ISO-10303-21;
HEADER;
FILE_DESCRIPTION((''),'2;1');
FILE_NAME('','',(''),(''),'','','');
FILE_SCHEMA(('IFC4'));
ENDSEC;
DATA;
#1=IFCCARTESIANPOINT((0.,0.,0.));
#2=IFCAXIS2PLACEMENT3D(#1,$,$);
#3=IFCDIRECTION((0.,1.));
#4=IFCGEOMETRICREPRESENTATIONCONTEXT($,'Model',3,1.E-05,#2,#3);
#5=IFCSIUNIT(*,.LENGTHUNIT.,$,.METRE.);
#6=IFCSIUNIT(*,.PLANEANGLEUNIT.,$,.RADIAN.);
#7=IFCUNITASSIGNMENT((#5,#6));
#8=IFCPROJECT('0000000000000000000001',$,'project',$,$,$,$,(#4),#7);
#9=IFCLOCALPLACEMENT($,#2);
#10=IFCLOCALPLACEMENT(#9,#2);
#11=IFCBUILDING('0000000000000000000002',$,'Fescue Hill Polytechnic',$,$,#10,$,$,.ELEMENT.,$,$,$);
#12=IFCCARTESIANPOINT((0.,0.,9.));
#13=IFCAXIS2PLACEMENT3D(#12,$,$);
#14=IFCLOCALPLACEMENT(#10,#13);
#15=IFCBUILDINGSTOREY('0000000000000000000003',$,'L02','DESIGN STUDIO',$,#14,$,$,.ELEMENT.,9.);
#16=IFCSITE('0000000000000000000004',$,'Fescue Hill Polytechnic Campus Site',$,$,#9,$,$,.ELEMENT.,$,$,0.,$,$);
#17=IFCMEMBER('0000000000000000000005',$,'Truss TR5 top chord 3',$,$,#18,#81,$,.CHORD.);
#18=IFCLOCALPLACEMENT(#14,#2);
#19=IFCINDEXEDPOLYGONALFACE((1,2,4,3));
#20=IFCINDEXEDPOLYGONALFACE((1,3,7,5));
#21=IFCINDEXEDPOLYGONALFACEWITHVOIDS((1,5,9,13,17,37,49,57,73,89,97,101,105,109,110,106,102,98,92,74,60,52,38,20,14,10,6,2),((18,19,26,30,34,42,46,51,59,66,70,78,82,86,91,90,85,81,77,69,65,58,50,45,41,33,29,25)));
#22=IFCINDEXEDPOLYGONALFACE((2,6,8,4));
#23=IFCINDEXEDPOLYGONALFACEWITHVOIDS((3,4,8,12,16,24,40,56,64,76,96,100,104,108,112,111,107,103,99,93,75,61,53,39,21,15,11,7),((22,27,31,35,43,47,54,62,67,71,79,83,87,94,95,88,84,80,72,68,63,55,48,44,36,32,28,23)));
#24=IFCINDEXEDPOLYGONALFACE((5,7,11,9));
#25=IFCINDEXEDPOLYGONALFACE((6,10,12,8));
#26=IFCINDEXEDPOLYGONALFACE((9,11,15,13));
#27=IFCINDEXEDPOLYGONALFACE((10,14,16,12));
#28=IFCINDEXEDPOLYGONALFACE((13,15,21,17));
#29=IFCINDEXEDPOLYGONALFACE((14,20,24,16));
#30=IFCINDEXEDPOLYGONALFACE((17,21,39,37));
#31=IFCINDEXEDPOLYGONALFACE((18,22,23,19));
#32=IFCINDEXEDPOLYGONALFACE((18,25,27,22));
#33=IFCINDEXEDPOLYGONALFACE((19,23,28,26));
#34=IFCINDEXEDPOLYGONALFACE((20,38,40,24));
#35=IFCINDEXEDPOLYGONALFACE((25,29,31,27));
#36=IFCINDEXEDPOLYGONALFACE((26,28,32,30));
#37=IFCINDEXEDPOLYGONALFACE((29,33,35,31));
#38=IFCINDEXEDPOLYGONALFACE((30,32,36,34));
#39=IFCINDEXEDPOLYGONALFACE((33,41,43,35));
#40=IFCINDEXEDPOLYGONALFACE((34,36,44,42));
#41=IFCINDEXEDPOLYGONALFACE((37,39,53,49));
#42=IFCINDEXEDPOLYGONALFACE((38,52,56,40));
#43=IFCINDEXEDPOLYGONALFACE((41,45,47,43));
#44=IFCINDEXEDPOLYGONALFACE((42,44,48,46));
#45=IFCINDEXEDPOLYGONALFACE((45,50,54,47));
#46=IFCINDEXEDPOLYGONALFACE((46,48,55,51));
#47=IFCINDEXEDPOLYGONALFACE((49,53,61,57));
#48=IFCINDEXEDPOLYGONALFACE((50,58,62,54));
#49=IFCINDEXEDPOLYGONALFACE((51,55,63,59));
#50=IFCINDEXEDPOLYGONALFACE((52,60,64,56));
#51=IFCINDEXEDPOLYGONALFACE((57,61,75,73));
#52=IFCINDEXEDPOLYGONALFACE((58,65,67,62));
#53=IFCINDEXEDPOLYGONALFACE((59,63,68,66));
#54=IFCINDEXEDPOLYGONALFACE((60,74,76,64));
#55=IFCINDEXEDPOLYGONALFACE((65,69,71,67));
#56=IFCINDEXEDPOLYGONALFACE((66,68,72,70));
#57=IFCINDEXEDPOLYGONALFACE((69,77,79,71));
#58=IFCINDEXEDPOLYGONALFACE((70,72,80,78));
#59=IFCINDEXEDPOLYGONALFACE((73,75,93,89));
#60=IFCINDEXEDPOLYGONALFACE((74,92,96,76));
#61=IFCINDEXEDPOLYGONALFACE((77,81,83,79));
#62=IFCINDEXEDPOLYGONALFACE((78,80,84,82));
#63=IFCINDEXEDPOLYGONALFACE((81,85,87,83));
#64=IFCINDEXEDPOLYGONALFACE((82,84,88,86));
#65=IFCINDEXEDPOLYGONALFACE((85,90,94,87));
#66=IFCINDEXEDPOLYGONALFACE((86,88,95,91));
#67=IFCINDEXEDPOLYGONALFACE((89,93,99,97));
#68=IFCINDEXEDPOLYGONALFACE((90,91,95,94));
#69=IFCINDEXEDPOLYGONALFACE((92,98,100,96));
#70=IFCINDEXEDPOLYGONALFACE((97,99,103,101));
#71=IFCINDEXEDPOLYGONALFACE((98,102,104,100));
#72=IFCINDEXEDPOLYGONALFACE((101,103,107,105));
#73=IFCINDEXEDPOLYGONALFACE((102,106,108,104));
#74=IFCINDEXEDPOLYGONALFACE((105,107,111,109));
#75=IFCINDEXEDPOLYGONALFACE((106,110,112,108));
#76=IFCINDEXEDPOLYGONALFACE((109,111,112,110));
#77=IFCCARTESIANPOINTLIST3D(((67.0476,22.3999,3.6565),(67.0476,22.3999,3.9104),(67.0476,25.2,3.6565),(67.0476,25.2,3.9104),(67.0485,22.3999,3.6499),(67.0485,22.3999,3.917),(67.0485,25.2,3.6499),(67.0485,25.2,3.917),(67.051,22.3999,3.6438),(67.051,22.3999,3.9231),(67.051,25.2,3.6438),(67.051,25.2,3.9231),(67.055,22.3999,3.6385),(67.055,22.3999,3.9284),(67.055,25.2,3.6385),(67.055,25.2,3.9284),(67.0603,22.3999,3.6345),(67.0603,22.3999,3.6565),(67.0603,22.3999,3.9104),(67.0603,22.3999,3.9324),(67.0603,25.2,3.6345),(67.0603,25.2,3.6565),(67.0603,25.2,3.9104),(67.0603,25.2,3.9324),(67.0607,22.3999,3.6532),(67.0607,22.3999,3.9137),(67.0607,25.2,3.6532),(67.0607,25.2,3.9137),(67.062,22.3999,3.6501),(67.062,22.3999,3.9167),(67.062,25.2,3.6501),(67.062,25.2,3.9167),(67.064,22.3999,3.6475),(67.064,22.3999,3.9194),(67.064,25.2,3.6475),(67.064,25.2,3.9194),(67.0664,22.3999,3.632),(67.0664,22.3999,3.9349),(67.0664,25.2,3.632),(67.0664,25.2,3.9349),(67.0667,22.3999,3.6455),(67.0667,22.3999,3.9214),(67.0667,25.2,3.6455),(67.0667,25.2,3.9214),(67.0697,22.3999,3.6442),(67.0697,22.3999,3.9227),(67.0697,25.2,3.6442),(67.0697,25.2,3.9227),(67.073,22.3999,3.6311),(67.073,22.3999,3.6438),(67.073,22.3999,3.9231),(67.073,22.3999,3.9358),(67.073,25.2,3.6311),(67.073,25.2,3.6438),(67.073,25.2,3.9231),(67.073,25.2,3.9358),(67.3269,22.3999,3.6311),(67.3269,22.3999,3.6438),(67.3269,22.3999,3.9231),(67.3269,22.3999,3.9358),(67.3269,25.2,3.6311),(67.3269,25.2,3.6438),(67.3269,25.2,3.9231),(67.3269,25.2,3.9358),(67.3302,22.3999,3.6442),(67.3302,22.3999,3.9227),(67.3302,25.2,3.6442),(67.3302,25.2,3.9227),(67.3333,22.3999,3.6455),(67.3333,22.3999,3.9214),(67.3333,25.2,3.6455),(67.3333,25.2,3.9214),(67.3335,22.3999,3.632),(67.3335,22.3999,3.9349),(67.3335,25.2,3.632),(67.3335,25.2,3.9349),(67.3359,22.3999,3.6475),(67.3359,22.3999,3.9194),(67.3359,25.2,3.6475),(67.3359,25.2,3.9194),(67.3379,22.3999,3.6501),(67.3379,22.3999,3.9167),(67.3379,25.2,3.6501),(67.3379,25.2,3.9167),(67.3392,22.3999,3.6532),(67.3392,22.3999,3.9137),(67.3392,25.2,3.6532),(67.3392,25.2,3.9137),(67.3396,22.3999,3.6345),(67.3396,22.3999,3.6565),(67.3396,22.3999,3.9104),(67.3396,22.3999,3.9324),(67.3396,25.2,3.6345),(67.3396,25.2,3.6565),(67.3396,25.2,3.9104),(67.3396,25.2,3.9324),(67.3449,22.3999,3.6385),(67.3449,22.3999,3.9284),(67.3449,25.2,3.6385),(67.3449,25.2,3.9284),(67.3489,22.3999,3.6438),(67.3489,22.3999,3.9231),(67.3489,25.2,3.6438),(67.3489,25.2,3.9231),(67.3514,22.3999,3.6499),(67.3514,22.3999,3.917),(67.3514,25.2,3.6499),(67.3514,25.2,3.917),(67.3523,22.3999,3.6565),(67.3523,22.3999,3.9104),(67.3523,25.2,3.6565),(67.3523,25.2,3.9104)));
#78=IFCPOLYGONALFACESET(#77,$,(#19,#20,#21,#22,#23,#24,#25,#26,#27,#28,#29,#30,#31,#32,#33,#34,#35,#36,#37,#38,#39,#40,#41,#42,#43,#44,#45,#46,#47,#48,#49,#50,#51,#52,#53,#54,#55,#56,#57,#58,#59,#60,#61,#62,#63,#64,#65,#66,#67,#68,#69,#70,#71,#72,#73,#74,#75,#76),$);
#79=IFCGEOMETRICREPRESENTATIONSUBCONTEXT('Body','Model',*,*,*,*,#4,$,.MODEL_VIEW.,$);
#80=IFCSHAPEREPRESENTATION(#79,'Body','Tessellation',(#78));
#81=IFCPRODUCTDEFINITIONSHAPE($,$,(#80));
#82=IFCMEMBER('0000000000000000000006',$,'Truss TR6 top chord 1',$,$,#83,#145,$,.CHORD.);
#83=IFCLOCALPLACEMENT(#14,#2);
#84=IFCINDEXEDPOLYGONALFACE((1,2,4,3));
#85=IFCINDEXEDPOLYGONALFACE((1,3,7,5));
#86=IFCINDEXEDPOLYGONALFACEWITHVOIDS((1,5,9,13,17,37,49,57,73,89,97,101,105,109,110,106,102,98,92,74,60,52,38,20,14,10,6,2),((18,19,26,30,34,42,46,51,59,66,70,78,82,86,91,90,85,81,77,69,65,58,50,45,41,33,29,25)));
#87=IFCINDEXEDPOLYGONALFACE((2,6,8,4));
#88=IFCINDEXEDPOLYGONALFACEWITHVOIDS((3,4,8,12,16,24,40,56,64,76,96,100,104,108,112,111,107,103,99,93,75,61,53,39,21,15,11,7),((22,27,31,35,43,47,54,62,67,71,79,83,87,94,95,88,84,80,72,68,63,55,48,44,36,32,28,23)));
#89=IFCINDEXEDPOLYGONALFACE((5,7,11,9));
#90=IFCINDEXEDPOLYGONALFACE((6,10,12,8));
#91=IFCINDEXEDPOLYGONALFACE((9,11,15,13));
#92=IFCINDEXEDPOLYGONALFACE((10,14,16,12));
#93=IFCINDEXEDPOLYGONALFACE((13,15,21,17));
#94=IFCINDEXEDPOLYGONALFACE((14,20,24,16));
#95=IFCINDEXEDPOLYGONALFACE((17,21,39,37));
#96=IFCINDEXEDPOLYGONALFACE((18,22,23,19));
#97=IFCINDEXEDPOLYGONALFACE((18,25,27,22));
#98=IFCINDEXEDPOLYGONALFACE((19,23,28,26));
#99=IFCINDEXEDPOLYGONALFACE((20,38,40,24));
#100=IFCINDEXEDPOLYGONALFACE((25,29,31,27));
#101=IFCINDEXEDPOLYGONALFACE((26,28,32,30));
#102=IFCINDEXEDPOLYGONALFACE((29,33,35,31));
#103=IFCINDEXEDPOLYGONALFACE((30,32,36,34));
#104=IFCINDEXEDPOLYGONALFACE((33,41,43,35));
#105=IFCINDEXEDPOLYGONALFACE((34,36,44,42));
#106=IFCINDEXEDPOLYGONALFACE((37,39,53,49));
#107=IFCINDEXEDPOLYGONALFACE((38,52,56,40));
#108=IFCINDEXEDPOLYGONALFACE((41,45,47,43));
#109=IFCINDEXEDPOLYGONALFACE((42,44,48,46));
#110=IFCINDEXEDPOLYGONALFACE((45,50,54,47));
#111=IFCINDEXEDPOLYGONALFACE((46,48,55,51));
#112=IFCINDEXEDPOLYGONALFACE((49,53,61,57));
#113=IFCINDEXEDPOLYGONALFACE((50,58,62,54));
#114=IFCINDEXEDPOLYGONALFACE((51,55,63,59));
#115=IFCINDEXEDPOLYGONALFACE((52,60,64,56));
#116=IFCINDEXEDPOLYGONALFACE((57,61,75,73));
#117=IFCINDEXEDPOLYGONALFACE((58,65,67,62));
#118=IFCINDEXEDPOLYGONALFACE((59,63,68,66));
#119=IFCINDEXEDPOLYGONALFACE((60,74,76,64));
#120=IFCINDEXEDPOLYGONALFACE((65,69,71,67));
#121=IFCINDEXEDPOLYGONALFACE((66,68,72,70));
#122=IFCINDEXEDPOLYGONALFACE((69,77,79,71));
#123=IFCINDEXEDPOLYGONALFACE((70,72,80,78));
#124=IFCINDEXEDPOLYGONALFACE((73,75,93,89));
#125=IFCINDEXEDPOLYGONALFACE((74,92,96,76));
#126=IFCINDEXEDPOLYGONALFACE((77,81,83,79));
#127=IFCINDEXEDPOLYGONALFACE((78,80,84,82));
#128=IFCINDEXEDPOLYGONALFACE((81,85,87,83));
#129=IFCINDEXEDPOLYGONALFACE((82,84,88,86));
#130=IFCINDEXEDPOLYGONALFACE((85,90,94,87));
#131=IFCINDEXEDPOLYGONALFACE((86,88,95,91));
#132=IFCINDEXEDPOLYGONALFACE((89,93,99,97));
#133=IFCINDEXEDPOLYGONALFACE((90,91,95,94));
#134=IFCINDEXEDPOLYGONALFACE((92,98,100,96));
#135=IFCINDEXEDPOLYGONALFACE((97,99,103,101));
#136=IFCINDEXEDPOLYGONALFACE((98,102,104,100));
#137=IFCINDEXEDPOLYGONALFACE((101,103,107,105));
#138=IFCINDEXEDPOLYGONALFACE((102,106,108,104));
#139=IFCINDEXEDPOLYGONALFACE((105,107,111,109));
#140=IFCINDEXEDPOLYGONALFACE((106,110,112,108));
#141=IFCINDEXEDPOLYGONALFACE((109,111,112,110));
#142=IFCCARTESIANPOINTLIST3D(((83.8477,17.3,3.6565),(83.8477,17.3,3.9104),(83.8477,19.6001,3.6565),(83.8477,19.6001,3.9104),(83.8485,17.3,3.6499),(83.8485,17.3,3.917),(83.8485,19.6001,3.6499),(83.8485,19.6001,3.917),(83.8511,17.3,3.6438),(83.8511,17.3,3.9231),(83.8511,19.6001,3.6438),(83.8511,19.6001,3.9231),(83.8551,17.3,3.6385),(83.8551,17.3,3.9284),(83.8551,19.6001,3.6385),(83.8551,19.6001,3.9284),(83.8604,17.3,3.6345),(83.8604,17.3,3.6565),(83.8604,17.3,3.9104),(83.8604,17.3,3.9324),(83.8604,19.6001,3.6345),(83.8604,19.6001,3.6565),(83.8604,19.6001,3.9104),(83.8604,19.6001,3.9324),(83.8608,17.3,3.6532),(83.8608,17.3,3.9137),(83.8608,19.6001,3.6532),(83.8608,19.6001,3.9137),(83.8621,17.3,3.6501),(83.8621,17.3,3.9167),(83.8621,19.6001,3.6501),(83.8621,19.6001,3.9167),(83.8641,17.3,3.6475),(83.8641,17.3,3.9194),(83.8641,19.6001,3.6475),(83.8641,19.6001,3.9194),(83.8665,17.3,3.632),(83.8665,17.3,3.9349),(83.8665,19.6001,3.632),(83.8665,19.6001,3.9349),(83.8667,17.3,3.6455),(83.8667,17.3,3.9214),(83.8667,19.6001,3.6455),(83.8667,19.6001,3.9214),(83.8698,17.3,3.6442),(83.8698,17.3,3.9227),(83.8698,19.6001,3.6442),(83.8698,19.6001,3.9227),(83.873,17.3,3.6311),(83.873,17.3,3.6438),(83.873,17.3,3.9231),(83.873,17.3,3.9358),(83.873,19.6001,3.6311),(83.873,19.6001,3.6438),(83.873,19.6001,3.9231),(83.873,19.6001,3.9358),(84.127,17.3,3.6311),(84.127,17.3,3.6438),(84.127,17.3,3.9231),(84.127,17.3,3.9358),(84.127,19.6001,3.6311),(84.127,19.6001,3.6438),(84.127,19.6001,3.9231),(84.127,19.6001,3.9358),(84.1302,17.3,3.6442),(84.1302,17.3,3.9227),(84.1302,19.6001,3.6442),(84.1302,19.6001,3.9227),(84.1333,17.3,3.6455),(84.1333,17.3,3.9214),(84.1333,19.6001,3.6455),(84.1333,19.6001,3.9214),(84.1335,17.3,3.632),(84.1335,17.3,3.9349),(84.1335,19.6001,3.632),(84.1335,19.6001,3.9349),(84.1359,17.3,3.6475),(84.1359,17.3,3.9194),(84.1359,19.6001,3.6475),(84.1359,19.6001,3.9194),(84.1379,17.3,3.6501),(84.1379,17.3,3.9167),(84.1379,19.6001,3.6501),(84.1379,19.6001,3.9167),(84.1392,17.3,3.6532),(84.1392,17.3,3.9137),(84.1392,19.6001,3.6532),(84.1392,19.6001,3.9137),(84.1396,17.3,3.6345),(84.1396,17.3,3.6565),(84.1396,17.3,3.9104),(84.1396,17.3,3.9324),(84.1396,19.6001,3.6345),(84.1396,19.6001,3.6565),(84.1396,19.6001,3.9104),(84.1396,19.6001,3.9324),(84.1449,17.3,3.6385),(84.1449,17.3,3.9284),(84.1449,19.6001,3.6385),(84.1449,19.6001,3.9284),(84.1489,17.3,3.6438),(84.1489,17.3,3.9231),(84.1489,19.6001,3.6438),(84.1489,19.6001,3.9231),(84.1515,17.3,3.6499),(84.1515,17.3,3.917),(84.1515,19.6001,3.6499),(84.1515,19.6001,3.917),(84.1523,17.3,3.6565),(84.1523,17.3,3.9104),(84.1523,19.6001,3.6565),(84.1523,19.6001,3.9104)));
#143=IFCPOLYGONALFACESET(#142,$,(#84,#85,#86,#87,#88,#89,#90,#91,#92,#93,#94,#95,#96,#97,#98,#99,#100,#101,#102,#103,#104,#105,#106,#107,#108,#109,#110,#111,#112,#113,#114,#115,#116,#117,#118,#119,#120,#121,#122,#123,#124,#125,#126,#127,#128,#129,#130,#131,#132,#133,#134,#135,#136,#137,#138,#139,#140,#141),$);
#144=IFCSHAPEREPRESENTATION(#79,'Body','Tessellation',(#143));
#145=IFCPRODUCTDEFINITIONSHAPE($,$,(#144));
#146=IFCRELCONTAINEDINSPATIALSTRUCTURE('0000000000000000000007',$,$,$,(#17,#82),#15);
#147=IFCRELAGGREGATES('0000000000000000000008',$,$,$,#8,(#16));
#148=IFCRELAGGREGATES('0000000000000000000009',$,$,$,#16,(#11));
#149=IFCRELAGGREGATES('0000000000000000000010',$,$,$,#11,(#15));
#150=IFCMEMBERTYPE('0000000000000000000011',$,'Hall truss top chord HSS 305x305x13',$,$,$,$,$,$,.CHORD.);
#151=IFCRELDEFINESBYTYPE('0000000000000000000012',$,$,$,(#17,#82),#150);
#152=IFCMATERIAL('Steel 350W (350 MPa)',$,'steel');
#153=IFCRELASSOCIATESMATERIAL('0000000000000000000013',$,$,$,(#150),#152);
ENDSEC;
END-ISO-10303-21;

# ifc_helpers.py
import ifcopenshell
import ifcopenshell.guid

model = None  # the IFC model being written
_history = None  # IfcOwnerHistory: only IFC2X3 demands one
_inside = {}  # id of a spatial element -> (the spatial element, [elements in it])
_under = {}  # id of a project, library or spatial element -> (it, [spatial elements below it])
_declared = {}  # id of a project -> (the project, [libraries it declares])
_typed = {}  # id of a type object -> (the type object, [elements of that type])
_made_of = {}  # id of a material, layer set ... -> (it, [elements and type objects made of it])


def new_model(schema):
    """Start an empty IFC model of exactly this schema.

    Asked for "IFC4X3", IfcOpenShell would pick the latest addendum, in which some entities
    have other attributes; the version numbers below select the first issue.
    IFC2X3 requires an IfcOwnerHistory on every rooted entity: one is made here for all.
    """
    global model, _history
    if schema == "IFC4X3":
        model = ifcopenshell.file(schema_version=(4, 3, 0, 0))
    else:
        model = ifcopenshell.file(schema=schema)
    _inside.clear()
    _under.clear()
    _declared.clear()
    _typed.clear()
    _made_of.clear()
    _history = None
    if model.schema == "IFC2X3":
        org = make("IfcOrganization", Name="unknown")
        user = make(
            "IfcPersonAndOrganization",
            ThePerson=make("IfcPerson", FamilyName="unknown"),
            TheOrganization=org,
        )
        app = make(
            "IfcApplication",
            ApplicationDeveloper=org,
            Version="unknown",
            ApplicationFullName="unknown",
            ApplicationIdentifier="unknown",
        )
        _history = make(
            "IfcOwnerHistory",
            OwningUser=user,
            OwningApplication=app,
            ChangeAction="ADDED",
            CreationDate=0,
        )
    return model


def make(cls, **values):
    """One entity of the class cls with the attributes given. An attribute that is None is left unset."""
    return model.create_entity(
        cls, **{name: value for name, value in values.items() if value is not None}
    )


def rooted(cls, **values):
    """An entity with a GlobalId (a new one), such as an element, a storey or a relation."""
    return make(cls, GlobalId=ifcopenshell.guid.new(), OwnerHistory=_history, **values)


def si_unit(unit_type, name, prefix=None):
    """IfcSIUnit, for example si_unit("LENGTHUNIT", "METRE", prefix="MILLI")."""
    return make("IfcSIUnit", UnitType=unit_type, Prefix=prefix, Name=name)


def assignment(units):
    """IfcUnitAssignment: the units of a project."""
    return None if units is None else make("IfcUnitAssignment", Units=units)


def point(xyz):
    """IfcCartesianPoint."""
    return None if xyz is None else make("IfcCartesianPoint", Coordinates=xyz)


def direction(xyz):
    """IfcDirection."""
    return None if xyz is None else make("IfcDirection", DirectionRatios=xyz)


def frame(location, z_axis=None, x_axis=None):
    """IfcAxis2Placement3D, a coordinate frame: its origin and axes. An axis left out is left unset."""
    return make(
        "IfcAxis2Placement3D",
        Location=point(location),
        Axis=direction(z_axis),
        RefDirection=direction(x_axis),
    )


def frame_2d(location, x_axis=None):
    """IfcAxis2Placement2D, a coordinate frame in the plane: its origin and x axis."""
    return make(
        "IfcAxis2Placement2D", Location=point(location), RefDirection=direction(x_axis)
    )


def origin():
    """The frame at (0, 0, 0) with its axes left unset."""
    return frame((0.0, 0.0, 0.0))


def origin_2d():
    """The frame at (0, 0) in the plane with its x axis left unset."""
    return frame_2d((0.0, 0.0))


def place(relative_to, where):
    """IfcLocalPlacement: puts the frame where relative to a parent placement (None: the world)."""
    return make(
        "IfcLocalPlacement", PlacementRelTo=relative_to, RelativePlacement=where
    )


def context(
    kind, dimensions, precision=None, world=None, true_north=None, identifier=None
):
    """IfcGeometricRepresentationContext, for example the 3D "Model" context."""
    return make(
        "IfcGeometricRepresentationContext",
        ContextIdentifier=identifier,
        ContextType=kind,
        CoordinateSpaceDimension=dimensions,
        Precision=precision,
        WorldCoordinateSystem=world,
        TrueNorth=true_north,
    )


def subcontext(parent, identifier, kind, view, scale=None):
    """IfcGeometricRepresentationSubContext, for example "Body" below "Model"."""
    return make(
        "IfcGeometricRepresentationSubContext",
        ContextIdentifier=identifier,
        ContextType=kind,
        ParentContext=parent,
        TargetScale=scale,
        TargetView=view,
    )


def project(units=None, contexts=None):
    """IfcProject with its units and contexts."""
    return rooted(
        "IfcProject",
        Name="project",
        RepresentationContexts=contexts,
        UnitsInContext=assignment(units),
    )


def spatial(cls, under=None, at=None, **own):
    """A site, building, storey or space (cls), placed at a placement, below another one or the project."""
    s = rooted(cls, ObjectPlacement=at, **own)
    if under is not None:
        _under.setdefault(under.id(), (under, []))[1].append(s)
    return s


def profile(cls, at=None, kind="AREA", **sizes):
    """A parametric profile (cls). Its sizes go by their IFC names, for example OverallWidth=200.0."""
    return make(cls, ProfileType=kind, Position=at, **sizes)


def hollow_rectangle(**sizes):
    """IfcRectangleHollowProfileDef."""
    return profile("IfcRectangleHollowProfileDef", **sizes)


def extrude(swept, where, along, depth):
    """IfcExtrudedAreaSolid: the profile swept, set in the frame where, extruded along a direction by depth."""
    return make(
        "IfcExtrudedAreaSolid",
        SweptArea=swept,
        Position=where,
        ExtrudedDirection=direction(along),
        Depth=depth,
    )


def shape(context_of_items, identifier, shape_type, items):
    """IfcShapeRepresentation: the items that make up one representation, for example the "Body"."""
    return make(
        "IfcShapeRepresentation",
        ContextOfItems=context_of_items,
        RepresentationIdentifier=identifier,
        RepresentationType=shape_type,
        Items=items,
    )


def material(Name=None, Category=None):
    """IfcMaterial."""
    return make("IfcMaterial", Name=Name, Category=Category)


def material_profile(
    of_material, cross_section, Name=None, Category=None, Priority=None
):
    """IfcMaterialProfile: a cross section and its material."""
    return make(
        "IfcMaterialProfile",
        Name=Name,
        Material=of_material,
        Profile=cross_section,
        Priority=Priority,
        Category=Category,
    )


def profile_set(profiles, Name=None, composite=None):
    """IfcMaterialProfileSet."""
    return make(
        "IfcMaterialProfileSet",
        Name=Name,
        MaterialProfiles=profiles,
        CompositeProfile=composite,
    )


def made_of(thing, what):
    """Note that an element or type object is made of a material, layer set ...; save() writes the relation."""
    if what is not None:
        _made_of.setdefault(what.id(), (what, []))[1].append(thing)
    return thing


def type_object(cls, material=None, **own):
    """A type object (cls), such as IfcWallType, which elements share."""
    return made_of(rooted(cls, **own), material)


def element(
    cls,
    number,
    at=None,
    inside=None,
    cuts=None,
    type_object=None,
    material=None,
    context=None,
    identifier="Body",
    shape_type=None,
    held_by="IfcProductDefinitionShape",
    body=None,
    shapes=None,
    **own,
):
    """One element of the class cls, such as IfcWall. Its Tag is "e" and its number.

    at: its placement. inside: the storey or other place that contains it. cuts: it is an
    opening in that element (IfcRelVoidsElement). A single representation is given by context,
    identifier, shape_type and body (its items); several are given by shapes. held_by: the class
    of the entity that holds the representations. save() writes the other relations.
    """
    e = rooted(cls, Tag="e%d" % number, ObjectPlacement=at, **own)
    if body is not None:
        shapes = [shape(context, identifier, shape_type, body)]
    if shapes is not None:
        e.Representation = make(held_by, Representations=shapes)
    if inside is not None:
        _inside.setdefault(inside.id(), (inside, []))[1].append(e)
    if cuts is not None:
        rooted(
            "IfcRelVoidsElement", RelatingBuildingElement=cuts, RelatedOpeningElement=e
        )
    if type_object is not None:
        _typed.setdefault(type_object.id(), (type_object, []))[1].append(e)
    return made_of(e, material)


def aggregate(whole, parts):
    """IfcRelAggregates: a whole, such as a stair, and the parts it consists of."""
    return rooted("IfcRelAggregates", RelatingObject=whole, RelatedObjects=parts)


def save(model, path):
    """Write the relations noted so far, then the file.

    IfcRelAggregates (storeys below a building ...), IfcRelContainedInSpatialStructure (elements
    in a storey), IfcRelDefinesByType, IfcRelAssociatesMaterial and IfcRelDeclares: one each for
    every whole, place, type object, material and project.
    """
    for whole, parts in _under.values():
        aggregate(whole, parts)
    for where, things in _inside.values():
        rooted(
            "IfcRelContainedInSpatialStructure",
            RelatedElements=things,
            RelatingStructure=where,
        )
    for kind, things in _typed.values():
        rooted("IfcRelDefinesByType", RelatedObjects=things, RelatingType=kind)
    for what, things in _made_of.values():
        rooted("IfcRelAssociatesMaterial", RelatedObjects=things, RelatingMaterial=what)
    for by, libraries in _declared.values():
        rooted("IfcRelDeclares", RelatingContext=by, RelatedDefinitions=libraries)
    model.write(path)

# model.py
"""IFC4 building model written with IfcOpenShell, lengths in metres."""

from ifc_helpers import new_model, si_unit, direction, frame, origin, origin_2d, place, context, subcontext, project, spatial, hollow_rectangle, extrude, material, material_profile, profile_set, type_object, element, save


model = new_model("IFC4")

# Units and contexts
model_context = context("Model", 3, precision=1e-05, world=origin(), true_north=direction((0.0, 1.0)))
body_context = subcontext(model_context, "Body", "Model", "MODEL_VIEW")
ifc_project = project(units=[si_unit("LENGTHUNIT", "METRE"), si_unit("PLANEANGLEUNIT", "RADIAN")], contexts=[model_context])

# Site, building, storey
site_placement = place(None, origin())
site = spatial("IfcSite", under=ifc_project, at=site_placement, Name="Fescue Hill Polytechnic Campus Site", CompositionType="ELEMENT", RefElevation=0.0)
building_placement = place(site_placement, origin())
building = spatial("IfcBuilding", under=site, at=building_placement, Name="Fescue Hill Polytechnic", CompositionType="ELEMENT")
storey_placement = place(building_placement, frame((0.0, 0.0, 9.0)))
storey = spatial("IfcBuildingStorey", under=building, at=storey_placement, Name="L02", Description="DESIGN STUDIO", CompositionType="ELEMENT", Elevation=9.0)

# Members
ifc_material_1 = material(Name="Steel 350W (350 MPa)", Category="steel")
ifc_material_profile_1 = material_profile(ifc_material_1, hollow_rectangle(XDim=0.3047, YDim=0.3047, WallThickness=0.0127, InnerFilletRadius=0.0127, OuterFilletRadius=0.0254, at=origin_2d()), Name="Hall truss top chord HSS 305x305x13")
ifc_profile_set_1 = profile_set([ifc_material_profile_1], Name="Steel 350W (350 MPa)")
member_type_1 = type_object("IfcMemberType", Name="Hall truss top chord HSS 305x305x13", PredefinedType="CHORD", material=ifc_profile_set_1)
member_1_placement = place(storey_placement, frame((67.2, 22.3999, 3.7834), z_axis=(0.0, 1.0, 0.0), x_axis=(-1.0, 0.0, 0.0)))
element("IfcMember", 1, at=member_1_placement, inside=storey, type_object=member_type_1, Name="Truss TR5 top chord 3", PredefinedType="CHORD", context=body_context, shape_type="SweptSolid", body=[
    extrude(hollow_rectangle(XDim=0.3047, YDim=0.3047, WallThickness=0.0127, InnerFilletRadius=0.0127, OuterFilletRadius=0.0254, at=origin_2d()), origin(), (0.0, 0.0, 1.0), 2.8),
])
member_2_placement = place(storey_placement, frame((84.0, 17.3, 3.7834), z_axis=(0.0, 1.0, 0.0), x_axis=(-1.0, 0.0, 0.0)))
element("IfcMember", 2, at=member_2_placement, inside=storey, type_object=member_type_1, Name="Truss TR6 top chord 1", PredefinedType="CHORD", context=body_context, shape_type="SweptSolid", body=[
    extrude(hollow_rectangle(XDim=0.3047, YDim=0.3047, WallThickness=0.0127, InnerFilletRadius=0.0127, OuterFilletRadius=0.0254, at=origin_2d()), origin(), (0.0, 0.0, 1.0), 2.3),
])

save(model, "model.ifc")
